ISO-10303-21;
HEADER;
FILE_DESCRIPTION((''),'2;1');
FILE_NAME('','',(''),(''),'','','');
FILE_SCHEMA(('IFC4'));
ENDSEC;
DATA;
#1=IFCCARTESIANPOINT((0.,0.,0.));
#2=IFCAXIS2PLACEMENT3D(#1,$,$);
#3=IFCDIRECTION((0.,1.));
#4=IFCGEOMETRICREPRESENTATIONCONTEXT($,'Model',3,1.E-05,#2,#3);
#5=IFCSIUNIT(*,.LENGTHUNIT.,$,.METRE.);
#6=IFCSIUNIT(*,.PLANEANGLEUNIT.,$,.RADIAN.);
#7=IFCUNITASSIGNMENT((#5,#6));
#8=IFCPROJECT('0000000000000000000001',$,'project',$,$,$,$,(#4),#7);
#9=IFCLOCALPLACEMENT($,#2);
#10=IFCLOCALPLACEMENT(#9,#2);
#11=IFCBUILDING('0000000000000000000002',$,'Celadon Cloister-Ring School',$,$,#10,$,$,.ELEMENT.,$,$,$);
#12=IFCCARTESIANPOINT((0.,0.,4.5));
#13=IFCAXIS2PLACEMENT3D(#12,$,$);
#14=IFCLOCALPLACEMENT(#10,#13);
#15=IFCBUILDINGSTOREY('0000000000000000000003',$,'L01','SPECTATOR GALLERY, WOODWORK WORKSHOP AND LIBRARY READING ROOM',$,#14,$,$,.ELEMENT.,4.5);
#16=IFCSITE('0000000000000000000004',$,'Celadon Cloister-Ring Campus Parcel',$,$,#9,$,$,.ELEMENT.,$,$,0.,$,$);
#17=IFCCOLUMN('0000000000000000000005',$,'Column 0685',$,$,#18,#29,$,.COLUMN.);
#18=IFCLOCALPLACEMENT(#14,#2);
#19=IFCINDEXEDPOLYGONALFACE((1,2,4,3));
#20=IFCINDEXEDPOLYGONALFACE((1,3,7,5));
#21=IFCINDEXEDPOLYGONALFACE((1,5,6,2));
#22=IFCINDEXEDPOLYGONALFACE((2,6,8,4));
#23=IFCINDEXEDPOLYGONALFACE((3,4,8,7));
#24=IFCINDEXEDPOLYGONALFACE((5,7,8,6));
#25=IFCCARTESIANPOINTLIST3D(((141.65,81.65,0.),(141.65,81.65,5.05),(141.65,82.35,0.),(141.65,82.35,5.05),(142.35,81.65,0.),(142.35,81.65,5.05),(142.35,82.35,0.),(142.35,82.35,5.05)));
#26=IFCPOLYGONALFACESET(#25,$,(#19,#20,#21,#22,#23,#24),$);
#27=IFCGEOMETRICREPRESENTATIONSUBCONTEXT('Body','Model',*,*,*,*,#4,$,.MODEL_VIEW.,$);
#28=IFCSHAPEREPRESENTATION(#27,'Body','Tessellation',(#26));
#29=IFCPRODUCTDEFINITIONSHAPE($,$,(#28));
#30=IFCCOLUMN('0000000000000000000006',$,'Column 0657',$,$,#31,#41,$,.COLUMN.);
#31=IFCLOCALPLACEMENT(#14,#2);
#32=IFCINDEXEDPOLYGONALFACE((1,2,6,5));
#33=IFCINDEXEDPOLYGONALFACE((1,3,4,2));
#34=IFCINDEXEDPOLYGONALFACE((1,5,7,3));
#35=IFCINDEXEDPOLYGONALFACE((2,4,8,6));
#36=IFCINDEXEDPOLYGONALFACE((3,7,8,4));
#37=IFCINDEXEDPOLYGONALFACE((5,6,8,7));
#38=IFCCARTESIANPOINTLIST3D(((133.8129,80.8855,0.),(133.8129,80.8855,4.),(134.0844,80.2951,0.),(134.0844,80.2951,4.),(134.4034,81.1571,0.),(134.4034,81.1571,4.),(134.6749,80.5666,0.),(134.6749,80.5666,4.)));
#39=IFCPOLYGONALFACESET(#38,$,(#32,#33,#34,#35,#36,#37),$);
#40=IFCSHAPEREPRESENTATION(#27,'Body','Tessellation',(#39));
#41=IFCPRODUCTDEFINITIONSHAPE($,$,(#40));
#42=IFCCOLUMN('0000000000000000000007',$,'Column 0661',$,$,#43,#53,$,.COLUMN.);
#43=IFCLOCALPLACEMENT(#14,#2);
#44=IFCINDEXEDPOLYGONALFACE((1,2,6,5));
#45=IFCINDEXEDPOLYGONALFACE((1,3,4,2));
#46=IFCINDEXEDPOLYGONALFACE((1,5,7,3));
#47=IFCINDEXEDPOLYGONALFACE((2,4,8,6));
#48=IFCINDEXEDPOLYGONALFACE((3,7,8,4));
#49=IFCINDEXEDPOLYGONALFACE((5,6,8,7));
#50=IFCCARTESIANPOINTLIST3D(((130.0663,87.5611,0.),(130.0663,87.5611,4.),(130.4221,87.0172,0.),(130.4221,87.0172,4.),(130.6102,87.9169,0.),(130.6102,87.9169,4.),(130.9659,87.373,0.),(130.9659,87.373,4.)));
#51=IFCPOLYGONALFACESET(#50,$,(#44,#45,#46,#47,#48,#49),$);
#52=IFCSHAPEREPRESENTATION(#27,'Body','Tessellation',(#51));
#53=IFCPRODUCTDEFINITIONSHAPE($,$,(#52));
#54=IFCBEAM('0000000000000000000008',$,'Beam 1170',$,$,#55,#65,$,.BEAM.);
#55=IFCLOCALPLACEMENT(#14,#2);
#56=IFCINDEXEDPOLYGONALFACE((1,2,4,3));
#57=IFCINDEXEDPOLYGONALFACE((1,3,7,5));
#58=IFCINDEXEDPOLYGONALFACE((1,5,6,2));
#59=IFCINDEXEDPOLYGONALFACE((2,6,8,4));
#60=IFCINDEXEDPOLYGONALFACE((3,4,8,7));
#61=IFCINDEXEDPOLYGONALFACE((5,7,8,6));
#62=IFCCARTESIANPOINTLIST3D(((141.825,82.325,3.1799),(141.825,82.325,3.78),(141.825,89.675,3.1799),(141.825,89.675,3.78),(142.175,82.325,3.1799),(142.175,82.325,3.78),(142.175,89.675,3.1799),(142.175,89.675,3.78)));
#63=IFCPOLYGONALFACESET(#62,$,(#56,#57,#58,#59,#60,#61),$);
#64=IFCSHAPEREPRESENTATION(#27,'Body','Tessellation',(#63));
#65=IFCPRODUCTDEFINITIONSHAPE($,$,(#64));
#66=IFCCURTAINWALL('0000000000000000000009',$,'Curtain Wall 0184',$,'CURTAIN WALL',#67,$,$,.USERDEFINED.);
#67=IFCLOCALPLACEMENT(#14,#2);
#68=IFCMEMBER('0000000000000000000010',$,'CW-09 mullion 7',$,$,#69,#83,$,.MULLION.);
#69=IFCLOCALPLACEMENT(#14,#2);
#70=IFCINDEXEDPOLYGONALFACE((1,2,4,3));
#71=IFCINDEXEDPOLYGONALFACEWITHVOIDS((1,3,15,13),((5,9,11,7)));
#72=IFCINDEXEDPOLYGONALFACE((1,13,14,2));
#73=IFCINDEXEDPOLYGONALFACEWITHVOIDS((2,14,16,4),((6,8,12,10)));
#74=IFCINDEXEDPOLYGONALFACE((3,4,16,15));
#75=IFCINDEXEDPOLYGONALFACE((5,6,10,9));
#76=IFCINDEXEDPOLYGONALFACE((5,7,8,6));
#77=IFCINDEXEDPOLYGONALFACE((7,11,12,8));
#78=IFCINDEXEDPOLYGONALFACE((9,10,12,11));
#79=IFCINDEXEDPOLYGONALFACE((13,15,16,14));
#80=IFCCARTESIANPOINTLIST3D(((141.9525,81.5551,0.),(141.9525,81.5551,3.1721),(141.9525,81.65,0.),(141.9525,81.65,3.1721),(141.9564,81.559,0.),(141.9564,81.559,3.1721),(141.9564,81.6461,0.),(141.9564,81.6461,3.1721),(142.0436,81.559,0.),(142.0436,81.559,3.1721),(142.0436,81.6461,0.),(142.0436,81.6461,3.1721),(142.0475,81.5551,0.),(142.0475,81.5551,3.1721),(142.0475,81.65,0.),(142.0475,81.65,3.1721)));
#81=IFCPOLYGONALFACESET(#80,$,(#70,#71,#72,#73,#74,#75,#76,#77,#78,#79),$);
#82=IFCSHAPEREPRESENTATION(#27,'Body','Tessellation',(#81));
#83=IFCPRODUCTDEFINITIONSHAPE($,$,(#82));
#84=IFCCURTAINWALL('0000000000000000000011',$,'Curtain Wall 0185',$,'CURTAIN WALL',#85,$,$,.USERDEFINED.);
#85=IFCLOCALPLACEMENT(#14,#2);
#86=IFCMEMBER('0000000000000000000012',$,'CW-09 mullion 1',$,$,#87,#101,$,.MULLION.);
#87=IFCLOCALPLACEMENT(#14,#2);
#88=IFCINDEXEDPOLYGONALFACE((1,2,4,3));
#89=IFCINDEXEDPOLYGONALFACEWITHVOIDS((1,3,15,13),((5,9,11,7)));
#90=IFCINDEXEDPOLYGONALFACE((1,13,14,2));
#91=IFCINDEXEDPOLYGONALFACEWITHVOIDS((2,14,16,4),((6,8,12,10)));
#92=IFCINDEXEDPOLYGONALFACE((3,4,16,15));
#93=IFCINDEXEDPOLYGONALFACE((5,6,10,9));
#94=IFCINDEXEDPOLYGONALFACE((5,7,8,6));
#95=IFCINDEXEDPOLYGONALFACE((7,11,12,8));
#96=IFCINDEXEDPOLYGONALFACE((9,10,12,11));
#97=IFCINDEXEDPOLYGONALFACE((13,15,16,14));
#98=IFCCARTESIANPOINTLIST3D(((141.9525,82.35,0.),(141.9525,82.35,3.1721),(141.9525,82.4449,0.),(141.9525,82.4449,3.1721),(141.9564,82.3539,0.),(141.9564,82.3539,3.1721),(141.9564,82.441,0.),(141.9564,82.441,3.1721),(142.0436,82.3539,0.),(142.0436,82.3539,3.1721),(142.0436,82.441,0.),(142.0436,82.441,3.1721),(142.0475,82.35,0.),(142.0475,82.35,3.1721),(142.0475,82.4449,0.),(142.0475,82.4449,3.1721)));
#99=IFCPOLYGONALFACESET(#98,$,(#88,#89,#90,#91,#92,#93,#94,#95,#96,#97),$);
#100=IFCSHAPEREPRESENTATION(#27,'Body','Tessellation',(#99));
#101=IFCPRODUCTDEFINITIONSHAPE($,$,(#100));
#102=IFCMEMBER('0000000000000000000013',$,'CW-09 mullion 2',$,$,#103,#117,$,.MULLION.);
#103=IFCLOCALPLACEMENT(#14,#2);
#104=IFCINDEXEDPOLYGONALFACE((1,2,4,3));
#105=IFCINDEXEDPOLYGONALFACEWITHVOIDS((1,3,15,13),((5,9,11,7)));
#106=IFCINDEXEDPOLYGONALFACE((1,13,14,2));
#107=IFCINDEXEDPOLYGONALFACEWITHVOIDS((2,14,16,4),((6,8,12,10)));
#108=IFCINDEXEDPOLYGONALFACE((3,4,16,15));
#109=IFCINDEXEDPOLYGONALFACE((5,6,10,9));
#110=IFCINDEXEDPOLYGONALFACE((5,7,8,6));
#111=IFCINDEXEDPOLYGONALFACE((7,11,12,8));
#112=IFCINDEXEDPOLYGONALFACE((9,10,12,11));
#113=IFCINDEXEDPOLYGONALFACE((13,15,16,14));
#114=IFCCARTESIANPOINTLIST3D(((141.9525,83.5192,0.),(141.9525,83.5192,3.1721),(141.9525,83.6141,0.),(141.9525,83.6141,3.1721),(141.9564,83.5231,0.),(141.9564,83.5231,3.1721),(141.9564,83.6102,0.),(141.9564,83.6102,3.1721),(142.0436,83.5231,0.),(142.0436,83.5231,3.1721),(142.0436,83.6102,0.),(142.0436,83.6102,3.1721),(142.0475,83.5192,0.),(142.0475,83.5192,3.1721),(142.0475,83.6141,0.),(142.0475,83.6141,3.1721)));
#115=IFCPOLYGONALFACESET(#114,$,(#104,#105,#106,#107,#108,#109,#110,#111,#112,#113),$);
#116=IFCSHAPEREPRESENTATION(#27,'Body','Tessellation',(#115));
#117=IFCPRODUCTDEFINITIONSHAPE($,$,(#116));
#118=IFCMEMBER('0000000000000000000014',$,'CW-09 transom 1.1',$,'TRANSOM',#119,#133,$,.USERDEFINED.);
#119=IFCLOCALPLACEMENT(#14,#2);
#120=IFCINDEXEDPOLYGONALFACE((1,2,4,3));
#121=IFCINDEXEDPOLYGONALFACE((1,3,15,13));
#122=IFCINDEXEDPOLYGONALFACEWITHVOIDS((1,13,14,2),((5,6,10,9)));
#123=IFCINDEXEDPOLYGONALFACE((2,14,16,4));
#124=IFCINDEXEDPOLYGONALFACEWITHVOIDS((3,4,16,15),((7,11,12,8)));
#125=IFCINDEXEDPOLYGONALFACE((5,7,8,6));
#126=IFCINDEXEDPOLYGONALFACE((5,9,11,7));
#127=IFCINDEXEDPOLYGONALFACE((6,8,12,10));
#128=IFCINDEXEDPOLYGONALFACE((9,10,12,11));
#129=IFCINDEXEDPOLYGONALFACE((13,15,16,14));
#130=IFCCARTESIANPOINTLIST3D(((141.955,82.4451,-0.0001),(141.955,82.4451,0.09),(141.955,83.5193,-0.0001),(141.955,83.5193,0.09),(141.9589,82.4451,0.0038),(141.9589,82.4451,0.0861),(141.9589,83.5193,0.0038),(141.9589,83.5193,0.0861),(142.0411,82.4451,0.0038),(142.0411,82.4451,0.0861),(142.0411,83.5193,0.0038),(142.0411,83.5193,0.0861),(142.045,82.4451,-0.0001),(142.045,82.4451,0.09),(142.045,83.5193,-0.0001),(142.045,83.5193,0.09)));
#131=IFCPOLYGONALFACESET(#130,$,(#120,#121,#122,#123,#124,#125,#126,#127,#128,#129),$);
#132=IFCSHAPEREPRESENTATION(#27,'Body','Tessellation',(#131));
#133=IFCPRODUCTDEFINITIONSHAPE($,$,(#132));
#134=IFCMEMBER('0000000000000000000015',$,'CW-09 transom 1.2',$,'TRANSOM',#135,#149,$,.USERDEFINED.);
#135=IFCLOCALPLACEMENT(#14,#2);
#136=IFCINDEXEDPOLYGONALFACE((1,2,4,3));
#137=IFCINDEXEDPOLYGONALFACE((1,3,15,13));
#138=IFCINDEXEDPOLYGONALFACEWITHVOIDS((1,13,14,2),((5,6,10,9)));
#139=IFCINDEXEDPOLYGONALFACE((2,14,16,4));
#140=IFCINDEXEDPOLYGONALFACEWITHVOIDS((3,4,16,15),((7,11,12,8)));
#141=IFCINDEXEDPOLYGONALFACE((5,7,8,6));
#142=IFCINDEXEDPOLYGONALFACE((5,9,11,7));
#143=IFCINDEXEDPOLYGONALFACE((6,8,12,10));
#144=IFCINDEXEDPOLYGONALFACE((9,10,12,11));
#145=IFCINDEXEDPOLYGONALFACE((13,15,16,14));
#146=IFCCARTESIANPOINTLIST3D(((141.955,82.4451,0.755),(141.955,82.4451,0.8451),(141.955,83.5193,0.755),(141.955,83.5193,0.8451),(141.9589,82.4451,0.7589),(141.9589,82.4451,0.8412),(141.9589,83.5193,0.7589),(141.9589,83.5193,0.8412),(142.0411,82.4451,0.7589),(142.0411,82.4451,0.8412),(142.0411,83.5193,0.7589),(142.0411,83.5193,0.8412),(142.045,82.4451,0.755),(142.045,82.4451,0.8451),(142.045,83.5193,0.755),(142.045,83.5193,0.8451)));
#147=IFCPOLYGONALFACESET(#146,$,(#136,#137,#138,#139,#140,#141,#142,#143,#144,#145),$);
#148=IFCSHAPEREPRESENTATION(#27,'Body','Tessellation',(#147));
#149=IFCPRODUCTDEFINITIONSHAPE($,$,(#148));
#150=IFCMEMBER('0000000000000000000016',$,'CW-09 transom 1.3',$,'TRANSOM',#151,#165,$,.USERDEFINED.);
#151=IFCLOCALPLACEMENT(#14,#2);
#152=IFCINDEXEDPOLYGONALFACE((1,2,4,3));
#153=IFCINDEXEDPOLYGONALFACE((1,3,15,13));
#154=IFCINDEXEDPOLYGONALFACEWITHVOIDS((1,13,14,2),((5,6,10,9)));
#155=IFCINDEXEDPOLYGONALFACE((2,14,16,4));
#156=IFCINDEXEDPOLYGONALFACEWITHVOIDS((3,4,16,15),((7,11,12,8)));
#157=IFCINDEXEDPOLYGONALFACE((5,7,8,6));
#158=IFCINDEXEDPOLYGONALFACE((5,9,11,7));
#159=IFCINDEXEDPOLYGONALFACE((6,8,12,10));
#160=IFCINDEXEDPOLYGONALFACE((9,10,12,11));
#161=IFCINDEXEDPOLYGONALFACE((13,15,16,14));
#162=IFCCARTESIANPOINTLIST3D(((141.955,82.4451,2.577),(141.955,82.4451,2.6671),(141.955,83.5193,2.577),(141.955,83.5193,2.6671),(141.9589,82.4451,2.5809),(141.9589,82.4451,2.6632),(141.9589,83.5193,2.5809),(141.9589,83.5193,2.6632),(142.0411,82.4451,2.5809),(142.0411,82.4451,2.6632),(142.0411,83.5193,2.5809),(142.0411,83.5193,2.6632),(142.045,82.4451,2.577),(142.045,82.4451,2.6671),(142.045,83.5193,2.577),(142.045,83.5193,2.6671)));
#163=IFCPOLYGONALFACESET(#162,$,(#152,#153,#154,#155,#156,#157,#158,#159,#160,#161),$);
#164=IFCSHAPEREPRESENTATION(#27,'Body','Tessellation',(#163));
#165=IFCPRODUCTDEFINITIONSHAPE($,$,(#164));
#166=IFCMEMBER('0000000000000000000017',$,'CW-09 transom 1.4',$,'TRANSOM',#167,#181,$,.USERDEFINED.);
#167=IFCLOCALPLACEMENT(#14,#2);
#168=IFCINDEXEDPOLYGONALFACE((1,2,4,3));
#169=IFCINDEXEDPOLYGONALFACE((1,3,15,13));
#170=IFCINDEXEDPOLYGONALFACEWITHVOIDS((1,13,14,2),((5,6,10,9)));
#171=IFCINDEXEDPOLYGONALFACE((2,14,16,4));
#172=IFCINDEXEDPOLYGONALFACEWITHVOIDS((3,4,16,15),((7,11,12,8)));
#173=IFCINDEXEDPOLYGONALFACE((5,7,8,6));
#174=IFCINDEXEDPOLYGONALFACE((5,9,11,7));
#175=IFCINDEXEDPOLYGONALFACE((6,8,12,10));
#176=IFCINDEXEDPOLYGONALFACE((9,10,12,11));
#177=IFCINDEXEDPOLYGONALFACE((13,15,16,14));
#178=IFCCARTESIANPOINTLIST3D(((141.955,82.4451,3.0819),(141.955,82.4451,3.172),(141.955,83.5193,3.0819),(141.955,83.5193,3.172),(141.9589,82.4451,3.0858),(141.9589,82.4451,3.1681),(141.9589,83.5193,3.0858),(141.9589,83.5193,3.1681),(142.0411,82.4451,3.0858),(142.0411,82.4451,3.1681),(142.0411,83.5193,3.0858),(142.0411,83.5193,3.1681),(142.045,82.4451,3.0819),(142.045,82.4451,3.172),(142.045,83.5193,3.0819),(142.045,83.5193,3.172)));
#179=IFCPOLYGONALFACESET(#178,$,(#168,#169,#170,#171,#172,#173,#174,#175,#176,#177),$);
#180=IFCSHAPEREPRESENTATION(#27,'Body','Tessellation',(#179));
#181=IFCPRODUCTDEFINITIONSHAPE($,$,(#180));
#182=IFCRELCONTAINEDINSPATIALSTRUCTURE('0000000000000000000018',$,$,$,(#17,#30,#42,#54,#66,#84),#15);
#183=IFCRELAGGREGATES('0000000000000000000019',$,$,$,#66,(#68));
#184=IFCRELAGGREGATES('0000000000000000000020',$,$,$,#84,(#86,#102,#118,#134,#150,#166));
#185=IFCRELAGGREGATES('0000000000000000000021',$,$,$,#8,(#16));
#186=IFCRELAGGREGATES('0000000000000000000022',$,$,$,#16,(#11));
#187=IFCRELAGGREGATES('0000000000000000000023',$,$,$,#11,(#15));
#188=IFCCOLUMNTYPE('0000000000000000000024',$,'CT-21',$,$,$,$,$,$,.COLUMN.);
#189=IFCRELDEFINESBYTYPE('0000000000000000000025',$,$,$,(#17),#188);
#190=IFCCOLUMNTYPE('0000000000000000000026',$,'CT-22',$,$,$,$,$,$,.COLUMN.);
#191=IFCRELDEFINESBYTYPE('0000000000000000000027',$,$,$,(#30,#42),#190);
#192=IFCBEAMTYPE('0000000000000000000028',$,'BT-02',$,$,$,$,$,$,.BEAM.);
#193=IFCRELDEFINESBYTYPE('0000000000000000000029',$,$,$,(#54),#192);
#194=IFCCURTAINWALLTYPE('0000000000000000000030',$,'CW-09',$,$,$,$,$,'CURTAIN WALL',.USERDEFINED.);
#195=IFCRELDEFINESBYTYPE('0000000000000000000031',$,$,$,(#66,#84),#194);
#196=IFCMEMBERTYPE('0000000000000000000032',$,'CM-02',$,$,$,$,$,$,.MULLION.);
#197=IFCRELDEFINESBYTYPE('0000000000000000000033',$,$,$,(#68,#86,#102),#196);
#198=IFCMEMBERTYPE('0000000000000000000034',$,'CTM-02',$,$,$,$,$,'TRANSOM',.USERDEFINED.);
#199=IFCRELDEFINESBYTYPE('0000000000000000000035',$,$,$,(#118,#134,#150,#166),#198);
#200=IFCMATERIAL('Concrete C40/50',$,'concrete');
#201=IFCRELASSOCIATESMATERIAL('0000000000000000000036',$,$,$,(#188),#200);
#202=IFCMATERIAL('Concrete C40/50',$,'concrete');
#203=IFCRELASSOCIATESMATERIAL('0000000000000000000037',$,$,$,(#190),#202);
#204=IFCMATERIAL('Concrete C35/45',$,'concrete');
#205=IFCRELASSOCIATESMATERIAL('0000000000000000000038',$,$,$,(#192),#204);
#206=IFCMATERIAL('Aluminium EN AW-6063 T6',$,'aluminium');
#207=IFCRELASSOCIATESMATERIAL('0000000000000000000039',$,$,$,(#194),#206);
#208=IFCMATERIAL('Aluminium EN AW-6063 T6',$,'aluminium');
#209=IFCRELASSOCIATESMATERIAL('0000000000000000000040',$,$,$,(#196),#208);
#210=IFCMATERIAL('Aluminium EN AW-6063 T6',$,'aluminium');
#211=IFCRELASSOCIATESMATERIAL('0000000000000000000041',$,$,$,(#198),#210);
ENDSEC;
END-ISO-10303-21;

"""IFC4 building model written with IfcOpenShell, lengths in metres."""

from ifc_helpers import new_model, si_unit, direction, frame, origin, origin_2d, place, context, subcontext, project, spatial, rectangle, hollow_rectangle, extrude, material, material_profile, profile_set, type_object, element, aggregate, save


model = new_model("IFC4")

# Units and contexts
model_context = context("Model", 3, precision=1e-05, world=origin(), true_north=direction((0.0, 1.0)))
body_context = subcontext(model_context, "Body", "Model", "MODEL_VIEW")
ifc_project = project(units=[si_unit("LENGTHUNIT", "METRE"), si_unit("PLANEANGLEUNIT", "RADIAN")], contexts=[model_context])

# Site, building, storey
site_placement = place(None, origin())
site = spatial("IfcSite", under=ifc_project, at=site_placement, Name="Celadon Cloister-Ring Campus Parcel", CompositionType="ELEMENT", RefElevation=0.0)
building_placement = place(site_placement, origin())
building = spatial("IfcBuilding", under=site, at=building_placement, Name="Celadon Cloister-Ring School", CompositionType="ELEMENT")
storey_placement = place(building_placement, frame((0.0, 0.0, 4.5)))
storey = spatial("IfcBuildingStorey", under=building, at=storey_placement, Name="L01", Description="SPECTATOR GALLERY, WOODWORK WORKSHOP AND LIBRARY READING ROOM", CompositionType="ELEMENT", Elevation=4.5)

# Columns
ifc_material_1 = material(Name="Concrete C40/50", Category="concrete")
ifc_material_profile_1 = material_profile(ifc_material_1, rectangle(XDim=0.7, YDim=0.7, at=origin_2d()), Name="RC700X700")
ifc_profile_set_1 = profile_set([ifc_material_profile_1], Name="Concrete C40/50")
column_type_1 = type_object("IfcColumnType", Name="CT-21", PredefinedType="COLUMN", material=ifc_profile_set_1)
column_placement = place(storey_placement, frame((142.0, 82.0, 0.0), z_axis=(0.0, 0.0, 1.0), x_axis=(1.0, 0.0, 0.0)))
element("IfcColumn", 1, at=column_placement, inside=storey, type_object=column_type_1, Name="Column 0685", PredefinedType="COLUMN", context=body_context, shape_type="SweptSolid", body=[
    extrude(rectangle(XDim=0.7, YDim=0.7, at=origin_2d()), origin(), (0.0, 0.0, 1.0), 5.05),
])
ifc_material_2 = material(Name="Concrete C40/50", Category="concrete")
ifc_material_profile_2 = material_profile(ifc_material_2, rectangle(XDim=0.6499, YDim=0.6499, at=origin_2d()), Name="RC650X650")
ifc_profile_set_2 = profile_set([ifc_material_profile_2], Name="Concrete C40/50")
column_type_2 = type_object("IfcColumnType", Name="CT-22", PredefinedType="COLUMN", material=ifc_profile_set_2)
for number, where, z_axis, x_axis, name in (
    (2, (134.2439, 80.7261, 0.0), (0.0, 0.0, 1.0), (0.908537, 0.417804, 0.0), "Column 0657"),
    (3, (130.5161, 87.467, 0.0), (0.0, 0.0, 1.0), (0.836841, 0.547446, 0.0), "Column 0661"),
):
    element("IfcColumn", number, at=place(storey_placement, frame(where, z_axis=z_axis, x_axis=x_axis)), inside=storey, type_object=column_type_2, Name=name, PredefinedType="COLUMN", context=body_context, shape_type="SweptSolid", body=[
        extrude(rectangle(XDim=0.6499, YDim=0.6499, at=origin_2d()), origin(), (0.0, 0.0, 1.0), 4.0),
    ])

# Beam
ifc_material_3 = material(Name="Concrete C35/45", Category="concrete")
ifc_material_profile_3 = material_profile(ifc_material_3, rectangle(XDim=0.3501, YDim=0.6001, at=origin_2d()), Name="RC350X600")
ifc_profile_set_3 = profile_set([ifc_material_profile_3], Name="Concrete C35/45")
beam_type_1 = type_object("IfcBeamType", Name="BT-02", PredefinedType="BEAM", material=ifc_profile_set_3)
beam_1_placement = place(storey_placement, frame((142.0, 82.325, 3.48), z_axis=(0.0, 1.0, 0.0), x_axis=(-1.0, 0.0, 0.0)))
element("IfcBeam", 4, at=beam_1_placement, inside=storey, type_object=beam_type_1, Name="Beam 1170", PredefinedType="BEAM", context=body_context, shape_type="SweptSolid", body=[
    extrude(rectangle(XDim=0.3501, YDim=0.6001, at=origin_2d()), origin(), (0.0, 0.0, 1.0), 7.3501),
])

# Curtain wall, member
ifc_material_4 = material(Name="Aluminium EN AW-6063 T6", Category="aluminium")
curtain_wall_type = type_object("IfcCurtainWallType", Name="CW-09", ElementType="CURTAIN WALL", PredefinedType="USERDEFINED", material=ifc_material_4)
curtain_wall_1_placement = place(storey_placement, origin())
curtain_wall_1 = element("IfcCurtainWall", 5, at=curtain_wall_1_placement, inside=storey, type_object=curtain_wall_type, Name="Curtain Wall 0184", ObjectType="CURTAIN WALL", PredefinedType="USERDEFINED")
ifc_material_5 = material(Name="Aluminium EN AW-6063 T6", Category="aluminium")
ifc_material_profile_4 = material_profile(ifc_material_5, hollow_rectangle(XDim=0.095, YDim=0.095, WallThickness=0.0039, at=origin_2d()), Name="RHS95X95X4")
ifc_profile_set_4 = profile_set([ifc_material_profile_4], Name="Aluminium EN AW-6063 T6")
member_type_1 = type_object("IfcMemberType", Name="CM-02", PredefinedType="MULLION", material=ifc_profile_set_4)
member_1_placement = place(storey_placement, frame((142.0, 81.6025, 0.0), z_axis=(0.0, 0.0, 1.0), x_axis=(-1.0, 0.0, 0.0)))
member_1 = element("IfcMember", 6, at=member_1_placement, type_object=member_type_1, Name="CW-09 mullion 7", PredefinedType="MULLION", context=body_context, shape_type="SweptSolid", body=[
    extrude(hollow_rectangle(XDim=0.095, YDim=0.095, WallThickness=0.0039, at=origin_2d()), origin(), (0.0, 0.0, 1.0), 3.1721),
])

# Curtain wall, members
curtain_wall_2_placement = place(storey_placement, origin())
curtain_wall_2 = element("IfcCurtainWall", 7, at=curtain_wall_2_placement, inside=storey, type_object=curtain_wall_type, Name="Curtain Wall 0185", ObjectType="CURTAIN WALL", PredefinedType="USERDEFINED")
member_2_placement = place(storey_placement, frame((142.0, 82.3975, 0.0), z_axis=(0.0, 0.0, 1.0), x_axis=(-1.0, 0.0, 0.0)))
member_2 = element("IfcMember", 8, at=member_2_placement, type_object=member_type_1, Name="CW-09 mullion 1", PredefinedType="MULLION", context=body_context, shape_type="SweptSolid", body=[
    extrude(hollow_rectangle(XDim=0.095, YDim=0.095, WallThickness=0.0039, at=origin_2d()), origin(), (0.0, 0.0, 1.0), 3.1721),
])
member_3_placement = place(storey_placement, frame((142.0, 83.5667, 0.0), z_axis=(0.0, 0.0, 1.0), x_axis=(-1.0, 0.0, 0.0)))
member_3 = element("IfcMember", 9, at=member_3_placement, type_object=member_type_1, Name="CW-09 mullion 2", PredefinedType="MULLION", context=body_context, shape_type="SweptSolid", body=[
    extrude(hollow_rectangle(XDim=0.095, YDim=0.095, WallThickness=0.0039, at=origin_2d()), origin(), (0.0, 0.0, 1.0), 3.1721),
])
ifc_material_6 = material(Name="Aluminium EN AW-6063 T6", Category="aluminium")
ifc_material_profile_5 = material_profile(ifc_material_6, hollow_rectangle(XDim=0.0901, YDim=0.0901, WallThickness=0.0039, at=origin_2d()), Name="RHS90X90X4")
ifc_profile_set_5 = profile_set([ifc_material_profile_5], Name="Aluminium EN AW-6063 T6")
member_type_2 = type_object("IfcMemberType", Name="CTM-02", ElementType="TRANSOM", PredefinedType="USERDEFINED", material=ifc_profile_set_5)
member_4_placement = place(storey_placement, frame((142.0, 82.4451, 0.0449), z_axis=(0.0, 1.0, 0.0), x_axis=(-1.0, 0.0, 0.0)))
member_4 = element("IfcMember", 10, at=member_4_placement, type_object=member_type_2, Name="CW-09 transom 1.1", ObjectType="TRANSOM", PredefinedType="USERDEFINED", context=body_context, shape_type="SweptSolid", body=[
    extrude(hollow_rectangle(XDim=0.0901, YDim=0.0901, WallThickness=0.0039, at=origin_2d()), origin(), (0.0, 0.0, 1.0), 1.0742),
])
member_5_placement = place(storey_placement, frame((142.0, 82.4451, 0.8), z_axis=(0.0, 1.0, 0.0), x_axis=(-1.0, 0.0, 0.0)))
member_5 = element("IfcMember", 11, at=member_5_placement, type_object=member_type_2, Name="CW-09 transom 1.2", ObjectType="TRANSOM", PredefinedType="USERDEFINED", context=body_context, shape_type="SweptSolid", body=[
    extrude(hollow_rectangle(XDim=0.0901, YDim=0.0901, WallThickness=0.0039, at=origin_2d()), origin(), (0.0, 0.0, 1.0), 1.0742),
])
member_6_placement = place(storey_placement, frame((142.0, 82.4451, 2.6221), z_axis=(0.0, 1.0, 0.0), x_axis=(-1.0, 0.0, 0.0)))
member_6 = element("IfcMember", 12, at=member_6_placement, type_object=member_type_2, Name="CW-09 transom 1.3", ObjectType="TRANSOM", PredefinedType="USERDEFINED", context=body_context, shape_type="SweptSolid", body=[
    extrude(hollow_rectangle(XDim=0.0901, YDim=0.0901, WallThickness=0.0039, at=origin_2d()), origin(), (0.0, 0.0, 1.0), 1.0742),
])
member_7_placement = place(storey_placement, frame((142.0, 82.4451, 3.127), z_axis=(0.0, 1.0, 0.0), x_axis=(-1.0, 0.0, 0.0)))
member_7 = element("IfcMember", 13, at=member_7_placement, type_object=member_type_2, Name="CW-09 transom 1.4", ObjectType="TRANSOM", PredefinedType="USERDEFINED", context=body_context, shape_type="SweptSolid", body=[
    extrude(hollow_rectangle(XDim=0.0901, YDim=0.0901, WallThickness=0.0039, at=origin_2d()), origin(), (0.0, 0.0, 1.0), 1.0742),
])

aggregate(curtain_wall_1, [member_1])
aggregate(curtain_wall_2, [member_2, member_3, member_4, member_5, member_6, member_7])

save(model, "model.ifc")
